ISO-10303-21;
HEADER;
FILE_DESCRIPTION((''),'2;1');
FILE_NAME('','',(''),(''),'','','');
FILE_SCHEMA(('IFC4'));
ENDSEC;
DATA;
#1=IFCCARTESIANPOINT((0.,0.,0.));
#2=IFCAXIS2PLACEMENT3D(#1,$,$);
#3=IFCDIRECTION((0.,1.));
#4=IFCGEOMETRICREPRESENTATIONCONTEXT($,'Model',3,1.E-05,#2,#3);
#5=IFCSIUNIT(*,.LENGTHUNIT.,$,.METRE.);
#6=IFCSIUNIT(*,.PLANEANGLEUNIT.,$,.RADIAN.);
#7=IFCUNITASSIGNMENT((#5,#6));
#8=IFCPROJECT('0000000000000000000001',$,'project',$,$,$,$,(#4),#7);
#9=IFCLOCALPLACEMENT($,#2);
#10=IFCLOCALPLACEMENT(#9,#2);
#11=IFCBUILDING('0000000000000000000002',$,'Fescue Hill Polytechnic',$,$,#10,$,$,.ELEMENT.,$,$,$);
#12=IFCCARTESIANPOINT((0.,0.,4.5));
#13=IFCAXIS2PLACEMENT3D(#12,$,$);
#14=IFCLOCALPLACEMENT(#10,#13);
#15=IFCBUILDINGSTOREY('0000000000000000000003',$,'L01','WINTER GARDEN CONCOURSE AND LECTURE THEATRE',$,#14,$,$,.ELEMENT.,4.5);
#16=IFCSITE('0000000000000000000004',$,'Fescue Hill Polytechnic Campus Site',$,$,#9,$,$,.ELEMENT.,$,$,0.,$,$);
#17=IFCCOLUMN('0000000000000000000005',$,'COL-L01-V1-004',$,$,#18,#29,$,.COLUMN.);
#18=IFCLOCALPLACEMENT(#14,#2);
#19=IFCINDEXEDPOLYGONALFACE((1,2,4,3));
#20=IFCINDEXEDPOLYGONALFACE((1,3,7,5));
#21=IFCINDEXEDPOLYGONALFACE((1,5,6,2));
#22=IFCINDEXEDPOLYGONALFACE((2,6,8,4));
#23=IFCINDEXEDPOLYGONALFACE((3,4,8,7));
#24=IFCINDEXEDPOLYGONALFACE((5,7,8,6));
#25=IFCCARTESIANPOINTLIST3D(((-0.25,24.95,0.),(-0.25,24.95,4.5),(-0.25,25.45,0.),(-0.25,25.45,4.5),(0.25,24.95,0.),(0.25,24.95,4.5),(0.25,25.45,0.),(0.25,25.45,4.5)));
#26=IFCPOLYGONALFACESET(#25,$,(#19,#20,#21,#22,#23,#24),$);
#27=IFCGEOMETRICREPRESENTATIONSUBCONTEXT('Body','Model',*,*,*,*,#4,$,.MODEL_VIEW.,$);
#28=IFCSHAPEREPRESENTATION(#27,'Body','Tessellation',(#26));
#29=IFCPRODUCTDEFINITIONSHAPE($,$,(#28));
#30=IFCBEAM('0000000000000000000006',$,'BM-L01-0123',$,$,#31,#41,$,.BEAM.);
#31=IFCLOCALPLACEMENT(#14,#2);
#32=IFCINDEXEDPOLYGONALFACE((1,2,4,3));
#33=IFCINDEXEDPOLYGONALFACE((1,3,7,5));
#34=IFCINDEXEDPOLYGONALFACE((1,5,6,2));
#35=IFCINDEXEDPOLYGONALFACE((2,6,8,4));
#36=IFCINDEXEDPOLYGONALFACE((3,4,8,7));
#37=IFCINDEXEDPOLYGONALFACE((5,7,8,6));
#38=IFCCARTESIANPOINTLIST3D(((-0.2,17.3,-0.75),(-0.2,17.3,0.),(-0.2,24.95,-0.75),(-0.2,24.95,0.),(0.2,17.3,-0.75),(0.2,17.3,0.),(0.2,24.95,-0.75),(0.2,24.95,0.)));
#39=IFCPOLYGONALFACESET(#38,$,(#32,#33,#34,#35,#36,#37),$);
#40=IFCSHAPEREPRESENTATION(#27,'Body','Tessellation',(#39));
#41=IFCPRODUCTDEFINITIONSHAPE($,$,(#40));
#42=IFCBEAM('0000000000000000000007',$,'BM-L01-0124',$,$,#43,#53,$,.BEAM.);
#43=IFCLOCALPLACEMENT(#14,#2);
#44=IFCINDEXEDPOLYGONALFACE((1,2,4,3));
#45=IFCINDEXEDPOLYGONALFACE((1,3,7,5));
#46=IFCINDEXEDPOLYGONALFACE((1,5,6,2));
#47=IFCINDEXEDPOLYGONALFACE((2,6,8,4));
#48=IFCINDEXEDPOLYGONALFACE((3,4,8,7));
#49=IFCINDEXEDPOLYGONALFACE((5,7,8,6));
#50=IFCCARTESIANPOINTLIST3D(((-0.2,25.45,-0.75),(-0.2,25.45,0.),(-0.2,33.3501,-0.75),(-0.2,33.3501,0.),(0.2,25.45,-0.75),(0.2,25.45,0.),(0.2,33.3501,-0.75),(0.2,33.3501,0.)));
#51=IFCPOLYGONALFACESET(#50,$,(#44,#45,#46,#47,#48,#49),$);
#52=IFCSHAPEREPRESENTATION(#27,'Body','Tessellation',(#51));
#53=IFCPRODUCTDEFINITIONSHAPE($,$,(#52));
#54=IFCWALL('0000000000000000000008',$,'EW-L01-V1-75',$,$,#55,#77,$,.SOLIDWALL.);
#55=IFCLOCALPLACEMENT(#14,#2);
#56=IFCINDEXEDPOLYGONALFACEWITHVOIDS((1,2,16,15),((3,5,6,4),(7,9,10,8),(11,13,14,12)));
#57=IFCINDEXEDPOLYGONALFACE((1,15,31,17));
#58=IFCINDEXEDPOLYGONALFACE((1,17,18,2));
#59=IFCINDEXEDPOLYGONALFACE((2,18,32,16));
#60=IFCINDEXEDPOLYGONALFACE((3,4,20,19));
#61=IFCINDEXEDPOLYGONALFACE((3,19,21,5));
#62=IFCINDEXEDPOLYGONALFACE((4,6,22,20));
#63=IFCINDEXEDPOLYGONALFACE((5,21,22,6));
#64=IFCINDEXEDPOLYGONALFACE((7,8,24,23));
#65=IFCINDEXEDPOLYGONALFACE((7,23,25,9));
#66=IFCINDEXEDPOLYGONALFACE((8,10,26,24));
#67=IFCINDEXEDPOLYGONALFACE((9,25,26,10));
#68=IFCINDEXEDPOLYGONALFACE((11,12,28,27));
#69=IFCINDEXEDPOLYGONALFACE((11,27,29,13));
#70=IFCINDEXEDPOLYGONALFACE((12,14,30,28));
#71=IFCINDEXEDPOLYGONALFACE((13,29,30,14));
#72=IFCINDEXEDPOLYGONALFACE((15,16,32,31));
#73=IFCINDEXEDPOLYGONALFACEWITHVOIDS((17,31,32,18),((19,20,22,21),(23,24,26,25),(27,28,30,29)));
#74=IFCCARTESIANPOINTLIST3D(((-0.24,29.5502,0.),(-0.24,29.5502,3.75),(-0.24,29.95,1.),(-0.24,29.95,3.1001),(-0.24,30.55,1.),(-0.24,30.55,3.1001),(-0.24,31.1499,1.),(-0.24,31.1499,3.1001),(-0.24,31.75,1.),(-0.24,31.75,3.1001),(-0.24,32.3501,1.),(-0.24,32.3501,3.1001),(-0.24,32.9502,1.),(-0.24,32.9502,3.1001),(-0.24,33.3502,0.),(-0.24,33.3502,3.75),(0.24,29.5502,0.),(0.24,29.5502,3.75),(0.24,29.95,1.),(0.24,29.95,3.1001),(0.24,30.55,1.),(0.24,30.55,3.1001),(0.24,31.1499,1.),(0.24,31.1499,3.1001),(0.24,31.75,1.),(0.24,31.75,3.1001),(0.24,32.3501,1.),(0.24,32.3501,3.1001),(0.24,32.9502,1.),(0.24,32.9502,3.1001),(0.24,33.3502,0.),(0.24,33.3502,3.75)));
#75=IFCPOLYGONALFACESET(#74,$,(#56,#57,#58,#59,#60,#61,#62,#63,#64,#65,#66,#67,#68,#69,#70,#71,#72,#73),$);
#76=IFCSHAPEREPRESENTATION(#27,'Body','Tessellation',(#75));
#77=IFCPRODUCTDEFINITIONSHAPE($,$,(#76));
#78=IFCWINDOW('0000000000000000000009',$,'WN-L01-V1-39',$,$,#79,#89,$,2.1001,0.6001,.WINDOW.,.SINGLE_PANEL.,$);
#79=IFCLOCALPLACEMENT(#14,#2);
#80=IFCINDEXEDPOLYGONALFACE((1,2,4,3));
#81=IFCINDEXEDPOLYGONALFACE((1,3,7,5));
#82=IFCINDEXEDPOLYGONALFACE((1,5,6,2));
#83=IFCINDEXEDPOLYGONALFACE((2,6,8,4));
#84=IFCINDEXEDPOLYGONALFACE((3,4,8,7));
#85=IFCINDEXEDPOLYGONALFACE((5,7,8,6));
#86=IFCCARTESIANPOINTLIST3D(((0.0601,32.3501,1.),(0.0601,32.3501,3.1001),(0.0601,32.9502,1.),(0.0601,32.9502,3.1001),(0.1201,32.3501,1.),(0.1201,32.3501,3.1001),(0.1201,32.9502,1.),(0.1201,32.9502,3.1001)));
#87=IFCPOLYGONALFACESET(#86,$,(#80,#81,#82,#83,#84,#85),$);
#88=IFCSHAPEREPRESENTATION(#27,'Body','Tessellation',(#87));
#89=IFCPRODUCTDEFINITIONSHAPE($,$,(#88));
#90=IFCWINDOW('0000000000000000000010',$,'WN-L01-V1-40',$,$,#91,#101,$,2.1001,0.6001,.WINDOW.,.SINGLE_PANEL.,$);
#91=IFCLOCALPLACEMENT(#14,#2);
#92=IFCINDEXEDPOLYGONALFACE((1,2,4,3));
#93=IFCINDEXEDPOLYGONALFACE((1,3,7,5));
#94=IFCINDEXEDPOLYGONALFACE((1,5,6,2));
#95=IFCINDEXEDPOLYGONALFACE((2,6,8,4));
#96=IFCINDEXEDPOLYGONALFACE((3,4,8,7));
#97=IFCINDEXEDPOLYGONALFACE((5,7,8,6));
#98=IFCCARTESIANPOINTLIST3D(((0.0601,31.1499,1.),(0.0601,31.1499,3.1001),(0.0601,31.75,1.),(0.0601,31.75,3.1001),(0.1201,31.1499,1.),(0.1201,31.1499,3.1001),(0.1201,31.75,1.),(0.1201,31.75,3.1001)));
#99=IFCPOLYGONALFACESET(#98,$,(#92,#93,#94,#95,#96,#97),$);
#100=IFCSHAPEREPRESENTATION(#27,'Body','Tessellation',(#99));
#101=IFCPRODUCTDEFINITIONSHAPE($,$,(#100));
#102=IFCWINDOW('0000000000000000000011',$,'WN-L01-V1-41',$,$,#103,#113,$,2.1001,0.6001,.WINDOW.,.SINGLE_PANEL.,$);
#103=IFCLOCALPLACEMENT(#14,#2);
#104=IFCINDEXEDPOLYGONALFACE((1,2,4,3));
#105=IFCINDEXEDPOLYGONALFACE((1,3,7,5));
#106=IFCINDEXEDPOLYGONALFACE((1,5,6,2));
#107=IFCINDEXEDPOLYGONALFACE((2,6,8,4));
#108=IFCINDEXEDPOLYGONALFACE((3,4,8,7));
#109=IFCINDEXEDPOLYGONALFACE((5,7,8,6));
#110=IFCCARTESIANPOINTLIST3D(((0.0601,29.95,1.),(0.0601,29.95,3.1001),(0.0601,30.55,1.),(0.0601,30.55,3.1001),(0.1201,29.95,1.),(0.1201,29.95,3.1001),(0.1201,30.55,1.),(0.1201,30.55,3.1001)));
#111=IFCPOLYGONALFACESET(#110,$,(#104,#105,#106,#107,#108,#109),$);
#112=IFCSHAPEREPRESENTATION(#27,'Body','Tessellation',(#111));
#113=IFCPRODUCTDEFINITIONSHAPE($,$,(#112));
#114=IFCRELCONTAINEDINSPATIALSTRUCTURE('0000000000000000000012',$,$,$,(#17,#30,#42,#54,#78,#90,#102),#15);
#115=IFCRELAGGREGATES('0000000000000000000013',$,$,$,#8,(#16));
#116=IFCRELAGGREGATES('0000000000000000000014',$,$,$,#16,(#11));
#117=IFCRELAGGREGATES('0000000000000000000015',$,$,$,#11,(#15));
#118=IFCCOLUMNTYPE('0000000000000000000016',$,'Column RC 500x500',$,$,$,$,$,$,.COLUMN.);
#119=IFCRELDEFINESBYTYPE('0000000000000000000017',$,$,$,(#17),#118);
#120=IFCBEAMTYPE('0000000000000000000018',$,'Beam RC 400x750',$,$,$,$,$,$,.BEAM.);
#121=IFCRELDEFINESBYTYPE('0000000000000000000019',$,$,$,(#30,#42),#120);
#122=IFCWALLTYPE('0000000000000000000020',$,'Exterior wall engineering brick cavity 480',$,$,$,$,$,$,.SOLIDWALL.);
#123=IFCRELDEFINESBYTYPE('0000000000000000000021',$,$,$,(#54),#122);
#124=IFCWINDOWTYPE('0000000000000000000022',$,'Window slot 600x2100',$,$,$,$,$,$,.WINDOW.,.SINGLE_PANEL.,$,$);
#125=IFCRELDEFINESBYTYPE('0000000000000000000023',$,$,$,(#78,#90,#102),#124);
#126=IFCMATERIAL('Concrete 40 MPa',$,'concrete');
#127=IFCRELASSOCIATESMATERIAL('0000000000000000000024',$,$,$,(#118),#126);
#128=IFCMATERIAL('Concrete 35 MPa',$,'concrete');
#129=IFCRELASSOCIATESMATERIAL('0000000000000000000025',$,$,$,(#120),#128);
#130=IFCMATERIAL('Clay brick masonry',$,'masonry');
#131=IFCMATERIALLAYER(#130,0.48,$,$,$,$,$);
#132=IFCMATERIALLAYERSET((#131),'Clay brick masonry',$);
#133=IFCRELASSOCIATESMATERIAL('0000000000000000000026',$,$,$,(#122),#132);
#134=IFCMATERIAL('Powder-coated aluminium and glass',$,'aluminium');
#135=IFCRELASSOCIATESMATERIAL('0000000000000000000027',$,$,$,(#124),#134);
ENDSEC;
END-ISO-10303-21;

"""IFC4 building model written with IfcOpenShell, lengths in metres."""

from ifc_helpers import new_model, si_unit, direction, frame, frame_2d, origin, origin_2d, place, context, subcontext, project, spatial, rectangle, extrude, material, layer, layer_set, material_profile, profile_set, type_object, element, fill, save


model = new_model("IFC4")

# Units and contexts
model_context = context("Model", 3, precision=1e-05, world=origin(), true_north=direction((0.0, 1.0)))
body_context = subcontext(model_context, "Body", "Model", "MODEL_VIEW")
ifc_project = project(units=[si_unit("LENGTHUNIT", "METRE"), si_unit("PLANEANGLEUNIT", "RADIAN")], contexts=[model_context])

# Site, building, storey
site_placement = place(None, origin())
site = spatial("IfcSite", under=ifc_project, at=site_placement, Name="Fescue Hill Polytechnic Campus Site", CompositionType="ELEMENT", RefElevation=0.0)
building_placement = place(site_placement, origin())
building = spatial("IfcBuilding", under=site, at=building_placement, Name="Fescue Hill Polytechnic", CompositionType="ELEMENT")
storey_placement = place(building_placement, frame((0.0, 0.0, 4.5)))
storey = spatial("IfcBuildingStorey", under=building, at=storey_placement, Name="L01", Description="WINTER GARDEN CONCOURSE AND LECTURE THEATRE", CompositionType="ELEMENT", Elevation=4.5)

# Column
ifc_material_1 = material(Name="Concrete 40 MPa", Category="concrete")
ifc_material_profile_1 = material_profile(ifc_material_1, rectangle(XDim=0.5, YDim=0.5, at=origin_2d()), Name="RC 500x500")
ifc_profile_set_1 = profile_set([ifc_material_profile_1], Name="Concrete 40 MPa")
column_type = type_object("IfcColumnType", Name="Column RC 500x500", PredefinedType="COLUMN", material=ifc_profile_set_1)
column_placement = place(storey_placement, frame((0.0, 25.2, 0.0), z_axis=(0.0, 0.0, 1.0), x_axis=(1.0, 0.0, 0.0)))
element("IfcColumn", 1, at=column_placement, inside=storey, type_object=column_type, Name="COL-L01-V1-004", PredefinedType="COLUMN", context=body_context, shape_type="SweptSolid", body=[
    extrude(rectangle(XDim=0.5, YDim=0.5, at=origin_2d()), origin(), (0.0, 0.0, 1.0), 4.5),
])

# Beams
ifc_material_2 = material(Name="Concrete 35 MPa", Category="concrete")
ifc_material_profile_2 = material_profile(ifc_material_2, rectangle(XDim=0.3999, YDim=0.75, at=origin_2d()), Name="RC 400x750")
ifc_profile_set_2 = profile_set([ifc_material_profile_2], Name="Concrete 35 MPa")
beam_type = type_object("IfcBeamType", Name="Beam RC 400x750", PredefinedType="BEAM", material=ifc_profile_set_2)
beam_1_placement = place(storey_placement, frame((0.0, 24.95, -0.375), z_axis=(0.0, -1.0, 0.0), x_axis=(1.0, 0.0, 0.0)))
element("IfcBeam", 2, at=beam_1_placement, inside=storey, type_object=beam_type, Name="BM-L01-0123", PredefinedType="BEAM", context=body_context, shape_type="SweptSolid", body=[
    extrude(rectangle(XDim=0.3999, YDim=0.75, at=origin_2d()), origin(), (0.0, 0.0, 1.0), 7.6499),
])
beam_2_placement = place(storey_placement, frame((0.0, 33.3501, -0.375), z_axis=(0.0, -1.0, 0.0), x_axis=(1.0, 0.0, 0.0)))
element("IfcBeam", 3, at=beam_2_placement, inside=storey, type_object=beam_type, Name="BM-L01-0124", PredefinedType="BEAM", context=body_context, shape_type="SweptSolid", body=[
    extrude(rectangle(XDim=0.3999, YDim=0.75, at=origin_2d()), origin(), (0.0, 0.0, 1.0), 7.9001),
])

# Wall, openings, windows
ifc_material_3 = material(Name="Clay brick masonry", Category="masonry")
ifc_layer_1 = layer(ifc_material_3, 0.48)
ifc_layer_set_1 = layer_set([ifc_layer_1], Name="Clay brick masonry")
wall_type_1 = type_object("IfcWallType", Name="Exterior wall engineering brick cavity 480", PredefinedType="SOLIDWALL", material=ifc_layer_set_1)
wall_1_placement = place(storey_placement, frame((0.0, 33.3501, 0.0), z_axis=(0.0, 0.0, 1.0), x_axis=(0.0, -1.0, 0.0)))
wall_1 = element("IfcWall", 4, at=wall_1_placement, inside=storey, type_object=wall_type_1, Name="EW-L01-V1-75", PredefinedType="SOLIDWALL", context=body_context, shape_type="SweptSolid", body=[
    extrude(rectangle(XDim=3.8, YDim=0.48, at=frame_2d((1.8999, 0.0))), origin(), (0.0, 0.0, 1.0), 3.75),
])
opening_1_placement = place(wall_1_placement, frame((0.3999, 0.0, 1.0)))
opening_1 = element("IfcOpeningElement", 5, at=opening_1_placement, cuts=wall_1, PredefinedType="OPENING", context=body_context, shape_type="SweptSolid", body=[
    extrude(rectangle(XDim=0.6001, YDim=2.1001, at=frame_2d((0.3, 1.05))), frame((0.0, 0.25, 0.0), z_axis=(0.0, -1.0, 0.0), x_axis=(1.0, 0.0, 0.0)), (0.0, 0.0, 1.0), 0.5),
])
opening_2_placement = place(wall_1_placement, frame((1.6001, 0.0, 1.0)))
opening_2 = element("IfcOpeningElement", 6, at=opening_2_placement, cuts=wall_1, PredefinedType="OPENING", context=body_context, shape_type="SweptSolid", body=[
    extrude(rectangle(XDim=0.6001, YDim=2.1001, at=frame_2d((0.3, 1.05))), frame((0.0, 0.25, 0.0), z_axis=(0.0, -1.0, 0.0), x_axis=(1.0, 0.0, 0.0)), (0.0, 0.0, 1.0), 0.5),
])
opening_3_placement = place(wall_1_placement, frame((2.8, 0.0, 1.0)))
opening_3 = element("IfcOpeningElement", 7, at=opening_3_placement, cuts=wall_1, PredefinedType="OPENING", context=body_context, shape_type="SweptSolid", body=[
    extrude(rectangle(XDim=0.6001, YDim=2.1001, at=frame_2d((0.3, 1.05))), frame((0.0, 0.25, 0.0), z_axis=(0.0, -1.0, 0.0), x_axis=(1.0, 0.0, 0.0)), (0.0, 0.0, 1.0), 0.5),
])
ifc_material_4 = material(Name="Powder-coated aluminium and glass", Category="aluminium")
window_type_1 = type_object("IfcWindowType", Name="Window slot 600x2100", PartitioningType="SINGLE_PANEL", PredefinedType="WINDOW", material=ifc_material_4)
window_1_placement = place(opening_1_placement, origin())
window_1 = element("IfcWindow", 8, at=window_1_placement, inside=storey, type_object=window_type_1, Name="WN-L01-V1-39", OverallHeight=2.1001, OverallWidth=0.6001, PartitioningType="SINGLE_PANEL", PredefinedType="WINDOW", context=body_context, shape_type="SweptSolid", body=[
    extrude(rectangle(XDim=0.6001, YDim=2.1001, at=frame_2d((0.3, 1.05))), frame((0.0, 0.1201, 0.0), z_axis=(0.0, -1.0, 0.0), x_axis=(1.0, 0.0, 0.0)), (0.0, 0.0, 1.0), 0.0601),
])
fill(opening_1, window_1)
window_2_placement = place(opening_2_placement, origin())
window_2 = element("IfcWindow", 9, at=window_2_placement, inside=storey, type_object=window_type_1, Name="WN-L01-V1-40", OverallHeight=2.1001, OverallWidth=0.6001, PartitioningType="SINGLE_PANEL", PredefinedType="WINDOW", context=body_context, shape_type="SweptSolid", body=[
    extrude(rectangle(XDim=0.6001, YDim=2.1001, at=frame_2d((0.3, 1.05))), frame((0.0, 0.1201, 0.0), z_axis=(0.0, -1.0, 0.0), x_axis=(1.0, 0.0, 0.0)), (0.0, 0.0, 1.0), 0.0601),
])
fill(opening_2, window_2)
window_3_placement = place(opening_3_placement, origin())
window_3 = element("IfcWindow", 10, at=window_3_placement, inside=storey, type_object=window_type_1, Name="WN-L01-V1-41", OverallHeight=2.1001, OverallWidth=0.6001, PartitioningType="SINGLE_PANEL", PredefinedType="WINDOW", context=body_context, shape_type="SweptSolid", body=[
    extrude(rectangle(XDim=0.6001, YDim=2.1001, at=frame_2d((0.3, 1.05))), frame((0.0, 0.1201, 0.0), z_axis=(0.0, -1.0, 0.0), x_axis=(1.0, 0.0, 0.0)), (0.0, 0.0, 1.0), 0.0601),
])
fill(opening_3, window_3)

save(model, "model.ifc")
